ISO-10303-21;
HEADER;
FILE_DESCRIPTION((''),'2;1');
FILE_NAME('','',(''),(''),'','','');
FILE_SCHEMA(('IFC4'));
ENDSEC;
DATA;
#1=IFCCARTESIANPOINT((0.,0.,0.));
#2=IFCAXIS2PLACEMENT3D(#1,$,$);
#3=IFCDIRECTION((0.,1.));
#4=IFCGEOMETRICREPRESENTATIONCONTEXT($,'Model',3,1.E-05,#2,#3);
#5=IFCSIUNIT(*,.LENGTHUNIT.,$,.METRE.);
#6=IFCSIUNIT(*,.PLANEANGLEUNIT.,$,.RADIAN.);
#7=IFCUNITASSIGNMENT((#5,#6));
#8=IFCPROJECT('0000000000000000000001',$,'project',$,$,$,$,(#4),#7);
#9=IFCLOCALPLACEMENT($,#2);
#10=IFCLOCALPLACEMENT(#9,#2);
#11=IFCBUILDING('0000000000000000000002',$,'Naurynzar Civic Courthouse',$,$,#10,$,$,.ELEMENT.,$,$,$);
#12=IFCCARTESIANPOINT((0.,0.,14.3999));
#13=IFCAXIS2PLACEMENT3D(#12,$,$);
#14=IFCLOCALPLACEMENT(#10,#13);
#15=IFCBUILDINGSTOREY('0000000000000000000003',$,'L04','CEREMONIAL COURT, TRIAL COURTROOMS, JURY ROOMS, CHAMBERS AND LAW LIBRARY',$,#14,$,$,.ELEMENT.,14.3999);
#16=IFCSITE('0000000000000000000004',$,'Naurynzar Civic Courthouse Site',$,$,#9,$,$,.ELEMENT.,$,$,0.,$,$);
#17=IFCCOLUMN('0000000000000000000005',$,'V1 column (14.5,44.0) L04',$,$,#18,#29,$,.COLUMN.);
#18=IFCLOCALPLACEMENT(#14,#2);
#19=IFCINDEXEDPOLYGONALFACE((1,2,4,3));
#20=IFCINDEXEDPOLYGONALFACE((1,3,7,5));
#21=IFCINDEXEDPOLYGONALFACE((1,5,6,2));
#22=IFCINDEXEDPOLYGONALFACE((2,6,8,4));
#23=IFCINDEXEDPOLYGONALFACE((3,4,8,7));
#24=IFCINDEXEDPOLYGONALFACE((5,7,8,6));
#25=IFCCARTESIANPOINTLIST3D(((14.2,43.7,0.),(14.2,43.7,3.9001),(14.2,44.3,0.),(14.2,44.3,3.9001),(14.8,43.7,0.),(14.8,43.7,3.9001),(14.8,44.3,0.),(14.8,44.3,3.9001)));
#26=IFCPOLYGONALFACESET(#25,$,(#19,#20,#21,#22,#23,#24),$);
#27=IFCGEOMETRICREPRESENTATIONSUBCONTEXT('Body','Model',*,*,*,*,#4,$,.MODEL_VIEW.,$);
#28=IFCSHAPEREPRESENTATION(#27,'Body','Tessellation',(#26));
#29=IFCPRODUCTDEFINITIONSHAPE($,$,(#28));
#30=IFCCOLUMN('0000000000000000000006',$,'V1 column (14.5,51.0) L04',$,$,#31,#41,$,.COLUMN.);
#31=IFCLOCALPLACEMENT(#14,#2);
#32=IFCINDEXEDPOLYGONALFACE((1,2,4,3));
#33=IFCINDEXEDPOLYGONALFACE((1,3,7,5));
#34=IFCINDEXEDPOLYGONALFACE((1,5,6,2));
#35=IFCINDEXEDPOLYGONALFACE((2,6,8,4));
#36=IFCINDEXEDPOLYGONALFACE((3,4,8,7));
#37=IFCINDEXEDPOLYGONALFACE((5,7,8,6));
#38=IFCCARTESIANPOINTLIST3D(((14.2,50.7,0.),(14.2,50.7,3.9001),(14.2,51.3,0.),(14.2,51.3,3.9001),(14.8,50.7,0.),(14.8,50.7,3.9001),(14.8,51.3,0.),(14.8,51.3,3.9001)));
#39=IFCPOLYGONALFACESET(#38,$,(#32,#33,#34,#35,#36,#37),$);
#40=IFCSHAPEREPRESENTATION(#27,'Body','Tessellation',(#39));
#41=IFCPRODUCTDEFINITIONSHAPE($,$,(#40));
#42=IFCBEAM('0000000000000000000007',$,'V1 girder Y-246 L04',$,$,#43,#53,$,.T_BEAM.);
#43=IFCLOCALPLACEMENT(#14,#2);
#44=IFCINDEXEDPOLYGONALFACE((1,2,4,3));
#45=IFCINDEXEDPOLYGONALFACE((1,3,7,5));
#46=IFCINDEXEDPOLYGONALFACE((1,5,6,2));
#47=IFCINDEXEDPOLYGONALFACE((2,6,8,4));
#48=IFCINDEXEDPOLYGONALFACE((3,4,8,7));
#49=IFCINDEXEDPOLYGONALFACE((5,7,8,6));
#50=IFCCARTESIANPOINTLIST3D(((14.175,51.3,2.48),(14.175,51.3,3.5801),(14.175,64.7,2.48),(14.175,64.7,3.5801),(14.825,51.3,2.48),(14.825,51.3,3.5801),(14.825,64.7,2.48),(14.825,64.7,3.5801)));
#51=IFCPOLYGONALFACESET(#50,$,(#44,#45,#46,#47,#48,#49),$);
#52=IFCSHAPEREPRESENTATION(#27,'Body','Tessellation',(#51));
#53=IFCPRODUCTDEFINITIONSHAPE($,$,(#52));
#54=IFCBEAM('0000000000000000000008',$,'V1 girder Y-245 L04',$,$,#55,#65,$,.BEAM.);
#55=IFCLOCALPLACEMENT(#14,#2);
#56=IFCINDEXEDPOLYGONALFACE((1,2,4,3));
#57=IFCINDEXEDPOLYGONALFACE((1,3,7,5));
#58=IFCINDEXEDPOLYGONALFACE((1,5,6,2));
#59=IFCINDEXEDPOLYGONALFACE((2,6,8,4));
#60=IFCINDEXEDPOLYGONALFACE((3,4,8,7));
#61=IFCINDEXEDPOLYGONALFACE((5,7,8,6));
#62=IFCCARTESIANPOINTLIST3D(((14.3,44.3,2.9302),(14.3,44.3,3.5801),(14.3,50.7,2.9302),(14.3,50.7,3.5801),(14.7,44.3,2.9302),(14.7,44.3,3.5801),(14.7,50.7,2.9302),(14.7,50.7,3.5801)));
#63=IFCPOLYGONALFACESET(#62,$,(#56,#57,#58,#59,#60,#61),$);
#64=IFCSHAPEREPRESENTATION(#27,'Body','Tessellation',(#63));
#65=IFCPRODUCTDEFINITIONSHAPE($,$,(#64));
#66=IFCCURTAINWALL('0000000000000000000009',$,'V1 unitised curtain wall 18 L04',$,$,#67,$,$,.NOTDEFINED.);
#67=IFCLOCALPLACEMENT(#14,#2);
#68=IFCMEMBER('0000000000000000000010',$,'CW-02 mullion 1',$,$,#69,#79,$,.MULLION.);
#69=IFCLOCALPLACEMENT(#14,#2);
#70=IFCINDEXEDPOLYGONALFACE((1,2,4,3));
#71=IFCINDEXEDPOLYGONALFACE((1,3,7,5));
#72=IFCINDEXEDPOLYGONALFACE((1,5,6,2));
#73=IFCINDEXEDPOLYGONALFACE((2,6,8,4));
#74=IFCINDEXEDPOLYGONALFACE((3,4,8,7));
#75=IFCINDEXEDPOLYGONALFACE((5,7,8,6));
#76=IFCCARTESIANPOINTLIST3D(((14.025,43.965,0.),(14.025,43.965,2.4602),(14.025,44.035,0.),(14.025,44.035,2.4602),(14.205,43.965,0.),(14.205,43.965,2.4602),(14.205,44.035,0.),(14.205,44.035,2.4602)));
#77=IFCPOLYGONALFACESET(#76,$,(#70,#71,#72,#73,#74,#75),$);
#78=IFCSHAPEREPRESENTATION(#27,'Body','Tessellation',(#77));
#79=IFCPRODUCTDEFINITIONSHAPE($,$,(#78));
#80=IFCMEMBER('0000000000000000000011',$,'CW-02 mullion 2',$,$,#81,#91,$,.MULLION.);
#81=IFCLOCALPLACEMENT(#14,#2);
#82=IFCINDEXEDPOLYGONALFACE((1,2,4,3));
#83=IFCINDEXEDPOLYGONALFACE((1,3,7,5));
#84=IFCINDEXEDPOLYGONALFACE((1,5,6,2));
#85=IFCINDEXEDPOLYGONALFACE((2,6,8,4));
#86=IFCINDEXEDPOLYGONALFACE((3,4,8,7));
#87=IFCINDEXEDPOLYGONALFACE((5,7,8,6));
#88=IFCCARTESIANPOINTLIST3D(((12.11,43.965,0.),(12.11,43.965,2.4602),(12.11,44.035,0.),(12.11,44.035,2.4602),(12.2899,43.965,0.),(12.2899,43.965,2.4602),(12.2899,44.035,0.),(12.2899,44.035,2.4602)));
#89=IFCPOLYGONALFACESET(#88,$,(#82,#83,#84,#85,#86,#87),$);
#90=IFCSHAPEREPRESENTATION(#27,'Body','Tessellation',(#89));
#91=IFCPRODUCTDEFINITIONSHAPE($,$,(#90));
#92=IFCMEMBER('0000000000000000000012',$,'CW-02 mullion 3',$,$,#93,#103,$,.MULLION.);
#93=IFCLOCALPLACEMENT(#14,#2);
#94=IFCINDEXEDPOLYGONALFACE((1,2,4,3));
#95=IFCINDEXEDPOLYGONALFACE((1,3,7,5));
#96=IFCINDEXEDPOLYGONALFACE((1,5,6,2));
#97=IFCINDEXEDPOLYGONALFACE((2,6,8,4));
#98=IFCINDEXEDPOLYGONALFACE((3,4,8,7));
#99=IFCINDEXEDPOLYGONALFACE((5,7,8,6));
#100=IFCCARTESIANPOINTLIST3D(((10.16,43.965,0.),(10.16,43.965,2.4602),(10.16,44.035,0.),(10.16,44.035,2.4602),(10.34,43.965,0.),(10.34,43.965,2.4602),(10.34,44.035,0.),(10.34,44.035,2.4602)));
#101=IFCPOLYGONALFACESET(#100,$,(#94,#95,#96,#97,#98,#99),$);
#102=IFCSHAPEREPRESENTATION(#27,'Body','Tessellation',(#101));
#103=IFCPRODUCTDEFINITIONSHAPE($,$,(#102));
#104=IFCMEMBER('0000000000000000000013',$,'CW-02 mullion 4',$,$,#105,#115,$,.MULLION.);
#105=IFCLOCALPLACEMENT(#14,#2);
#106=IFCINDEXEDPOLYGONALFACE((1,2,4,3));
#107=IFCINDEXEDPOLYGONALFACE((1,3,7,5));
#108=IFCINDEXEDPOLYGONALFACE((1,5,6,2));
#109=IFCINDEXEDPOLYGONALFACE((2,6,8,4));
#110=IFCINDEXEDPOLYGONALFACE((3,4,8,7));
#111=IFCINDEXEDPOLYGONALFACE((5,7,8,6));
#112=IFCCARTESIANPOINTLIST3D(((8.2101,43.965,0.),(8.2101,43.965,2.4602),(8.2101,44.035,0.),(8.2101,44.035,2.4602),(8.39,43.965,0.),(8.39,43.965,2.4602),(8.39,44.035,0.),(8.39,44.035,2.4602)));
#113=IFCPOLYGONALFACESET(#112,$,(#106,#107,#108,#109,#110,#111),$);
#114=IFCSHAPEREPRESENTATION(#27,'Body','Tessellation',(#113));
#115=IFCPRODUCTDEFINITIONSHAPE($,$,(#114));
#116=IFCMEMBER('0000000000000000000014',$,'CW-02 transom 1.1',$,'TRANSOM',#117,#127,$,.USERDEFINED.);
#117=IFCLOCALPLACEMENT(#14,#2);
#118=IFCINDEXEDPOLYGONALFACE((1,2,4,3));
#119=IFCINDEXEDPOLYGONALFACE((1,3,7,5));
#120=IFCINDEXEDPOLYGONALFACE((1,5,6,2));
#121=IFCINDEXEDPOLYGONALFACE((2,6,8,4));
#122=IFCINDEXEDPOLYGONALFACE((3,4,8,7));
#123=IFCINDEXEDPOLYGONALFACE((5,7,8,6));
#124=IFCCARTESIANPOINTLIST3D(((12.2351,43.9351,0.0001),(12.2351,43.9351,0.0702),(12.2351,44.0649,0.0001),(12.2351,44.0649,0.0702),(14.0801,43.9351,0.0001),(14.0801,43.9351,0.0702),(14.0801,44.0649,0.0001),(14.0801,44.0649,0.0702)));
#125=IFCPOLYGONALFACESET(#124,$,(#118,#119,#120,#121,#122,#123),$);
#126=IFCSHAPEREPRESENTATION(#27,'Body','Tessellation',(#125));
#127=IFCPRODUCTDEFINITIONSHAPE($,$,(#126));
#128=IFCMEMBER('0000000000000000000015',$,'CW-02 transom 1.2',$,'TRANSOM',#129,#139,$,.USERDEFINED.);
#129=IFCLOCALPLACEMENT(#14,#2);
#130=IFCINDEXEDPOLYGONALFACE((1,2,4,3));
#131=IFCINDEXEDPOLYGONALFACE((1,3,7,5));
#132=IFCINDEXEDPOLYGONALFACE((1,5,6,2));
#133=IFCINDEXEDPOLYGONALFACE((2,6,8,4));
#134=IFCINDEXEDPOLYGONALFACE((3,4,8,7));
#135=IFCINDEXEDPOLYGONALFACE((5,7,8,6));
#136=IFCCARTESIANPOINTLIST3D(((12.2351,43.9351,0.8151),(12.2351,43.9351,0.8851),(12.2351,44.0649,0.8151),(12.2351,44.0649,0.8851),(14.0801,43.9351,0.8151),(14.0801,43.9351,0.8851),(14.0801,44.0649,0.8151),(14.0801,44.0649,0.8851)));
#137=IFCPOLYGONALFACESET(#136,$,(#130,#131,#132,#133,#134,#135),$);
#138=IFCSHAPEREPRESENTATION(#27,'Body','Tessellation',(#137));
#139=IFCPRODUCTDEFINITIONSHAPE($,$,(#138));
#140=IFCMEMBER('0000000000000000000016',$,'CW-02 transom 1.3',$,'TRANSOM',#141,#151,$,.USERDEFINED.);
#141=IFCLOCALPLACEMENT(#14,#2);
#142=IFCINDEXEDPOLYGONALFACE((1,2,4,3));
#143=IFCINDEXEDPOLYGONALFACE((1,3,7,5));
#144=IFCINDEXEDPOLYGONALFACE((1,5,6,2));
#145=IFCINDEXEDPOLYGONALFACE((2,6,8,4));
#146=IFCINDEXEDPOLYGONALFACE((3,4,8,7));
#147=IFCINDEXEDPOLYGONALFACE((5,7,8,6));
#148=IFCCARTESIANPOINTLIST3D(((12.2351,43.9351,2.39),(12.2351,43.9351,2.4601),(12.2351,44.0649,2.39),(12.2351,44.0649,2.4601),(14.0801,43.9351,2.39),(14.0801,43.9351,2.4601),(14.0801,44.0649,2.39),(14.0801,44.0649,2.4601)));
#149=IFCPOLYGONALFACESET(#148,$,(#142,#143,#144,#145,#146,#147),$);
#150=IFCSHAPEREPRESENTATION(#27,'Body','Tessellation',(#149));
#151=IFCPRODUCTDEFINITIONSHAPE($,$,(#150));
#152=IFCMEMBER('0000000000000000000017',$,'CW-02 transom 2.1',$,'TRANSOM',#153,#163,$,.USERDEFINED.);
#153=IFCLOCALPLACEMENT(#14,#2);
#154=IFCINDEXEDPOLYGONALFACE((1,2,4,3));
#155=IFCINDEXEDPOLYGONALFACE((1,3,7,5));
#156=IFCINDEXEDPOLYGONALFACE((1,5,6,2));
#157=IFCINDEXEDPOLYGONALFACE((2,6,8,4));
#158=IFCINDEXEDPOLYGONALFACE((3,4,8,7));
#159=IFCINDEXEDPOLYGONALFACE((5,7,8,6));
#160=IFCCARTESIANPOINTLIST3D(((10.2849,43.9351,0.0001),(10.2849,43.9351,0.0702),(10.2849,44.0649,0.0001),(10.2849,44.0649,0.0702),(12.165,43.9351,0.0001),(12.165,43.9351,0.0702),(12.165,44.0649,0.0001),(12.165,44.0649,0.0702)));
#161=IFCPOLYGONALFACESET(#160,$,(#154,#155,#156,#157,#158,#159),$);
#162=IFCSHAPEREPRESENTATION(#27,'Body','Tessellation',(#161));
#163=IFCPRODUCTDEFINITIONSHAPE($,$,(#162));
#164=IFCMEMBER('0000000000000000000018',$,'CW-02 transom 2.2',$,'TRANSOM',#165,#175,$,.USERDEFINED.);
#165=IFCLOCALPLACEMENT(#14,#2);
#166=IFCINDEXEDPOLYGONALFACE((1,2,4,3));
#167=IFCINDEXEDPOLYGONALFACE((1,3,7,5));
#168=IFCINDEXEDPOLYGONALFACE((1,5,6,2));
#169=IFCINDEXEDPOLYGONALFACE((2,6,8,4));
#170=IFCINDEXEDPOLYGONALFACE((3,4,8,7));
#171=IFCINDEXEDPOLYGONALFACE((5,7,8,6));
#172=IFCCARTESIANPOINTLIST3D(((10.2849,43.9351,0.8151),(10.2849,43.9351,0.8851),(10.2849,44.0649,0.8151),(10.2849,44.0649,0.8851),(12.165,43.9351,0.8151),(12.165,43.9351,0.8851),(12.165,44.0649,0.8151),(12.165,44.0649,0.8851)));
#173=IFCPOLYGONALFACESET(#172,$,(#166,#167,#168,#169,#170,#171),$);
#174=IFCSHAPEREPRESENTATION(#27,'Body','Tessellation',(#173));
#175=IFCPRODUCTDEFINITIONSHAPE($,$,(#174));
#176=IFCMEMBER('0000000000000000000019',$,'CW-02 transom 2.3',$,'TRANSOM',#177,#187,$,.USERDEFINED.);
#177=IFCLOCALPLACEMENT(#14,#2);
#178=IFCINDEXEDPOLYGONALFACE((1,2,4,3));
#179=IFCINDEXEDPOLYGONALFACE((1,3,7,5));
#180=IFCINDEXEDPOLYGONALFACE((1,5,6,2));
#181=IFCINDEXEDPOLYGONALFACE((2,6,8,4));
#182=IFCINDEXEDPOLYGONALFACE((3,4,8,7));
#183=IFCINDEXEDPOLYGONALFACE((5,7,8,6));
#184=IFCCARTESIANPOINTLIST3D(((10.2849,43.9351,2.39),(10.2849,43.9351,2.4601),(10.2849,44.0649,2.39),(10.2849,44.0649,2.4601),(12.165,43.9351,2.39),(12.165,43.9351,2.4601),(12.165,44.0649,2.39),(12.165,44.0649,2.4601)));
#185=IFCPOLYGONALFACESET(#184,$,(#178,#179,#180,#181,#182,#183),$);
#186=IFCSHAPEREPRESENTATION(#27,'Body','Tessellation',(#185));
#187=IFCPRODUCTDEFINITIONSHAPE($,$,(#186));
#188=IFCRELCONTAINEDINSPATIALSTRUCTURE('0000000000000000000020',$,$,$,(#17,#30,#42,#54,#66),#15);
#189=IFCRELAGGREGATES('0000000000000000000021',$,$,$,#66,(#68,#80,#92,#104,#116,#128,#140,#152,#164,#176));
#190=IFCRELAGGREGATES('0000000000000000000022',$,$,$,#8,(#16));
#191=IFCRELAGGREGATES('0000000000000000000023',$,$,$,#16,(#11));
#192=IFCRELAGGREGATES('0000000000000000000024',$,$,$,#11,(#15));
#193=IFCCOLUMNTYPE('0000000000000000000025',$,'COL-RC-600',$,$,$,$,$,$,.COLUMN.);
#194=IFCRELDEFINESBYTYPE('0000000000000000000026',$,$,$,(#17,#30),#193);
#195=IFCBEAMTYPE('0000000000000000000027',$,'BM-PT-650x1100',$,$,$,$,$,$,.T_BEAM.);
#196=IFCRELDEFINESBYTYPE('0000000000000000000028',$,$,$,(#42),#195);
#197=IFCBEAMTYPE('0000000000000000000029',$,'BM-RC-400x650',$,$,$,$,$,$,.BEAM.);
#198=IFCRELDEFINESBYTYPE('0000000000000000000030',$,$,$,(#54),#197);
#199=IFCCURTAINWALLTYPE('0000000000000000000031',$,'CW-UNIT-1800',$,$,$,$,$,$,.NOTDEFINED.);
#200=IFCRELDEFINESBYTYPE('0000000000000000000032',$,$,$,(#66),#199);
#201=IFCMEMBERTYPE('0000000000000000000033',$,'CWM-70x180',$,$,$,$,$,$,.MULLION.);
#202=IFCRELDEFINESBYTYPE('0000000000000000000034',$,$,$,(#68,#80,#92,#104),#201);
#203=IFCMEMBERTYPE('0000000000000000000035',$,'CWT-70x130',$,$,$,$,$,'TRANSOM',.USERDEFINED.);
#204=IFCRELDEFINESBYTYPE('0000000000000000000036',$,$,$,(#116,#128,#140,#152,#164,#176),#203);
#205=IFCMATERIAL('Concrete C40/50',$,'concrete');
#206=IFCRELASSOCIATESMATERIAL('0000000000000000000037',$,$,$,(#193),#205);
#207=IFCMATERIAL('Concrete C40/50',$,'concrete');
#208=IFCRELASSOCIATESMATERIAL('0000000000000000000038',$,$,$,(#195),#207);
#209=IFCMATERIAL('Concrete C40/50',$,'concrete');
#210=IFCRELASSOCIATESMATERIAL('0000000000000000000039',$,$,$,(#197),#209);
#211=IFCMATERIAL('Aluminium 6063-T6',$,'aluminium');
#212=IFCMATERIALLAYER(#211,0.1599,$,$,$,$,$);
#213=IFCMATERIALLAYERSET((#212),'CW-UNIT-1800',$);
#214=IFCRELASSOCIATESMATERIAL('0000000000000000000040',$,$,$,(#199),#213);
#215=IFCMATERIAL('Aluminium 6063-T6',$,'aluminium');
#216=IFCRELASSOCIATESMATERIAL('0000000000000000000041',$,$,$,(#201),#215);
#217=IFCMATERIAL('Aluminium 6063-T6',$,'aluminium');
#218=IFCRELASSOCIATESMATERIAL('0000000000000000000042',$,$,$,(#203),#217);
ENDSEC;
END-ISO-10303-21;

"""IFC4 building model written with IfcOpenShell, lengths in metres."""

from ifc_helpers import new_model, si_unit, direction, frame, origin, origin_2d, place, context, subcontext, project, spatial, rectangle, extrude, material, layer, layer_set, material_profile, profile_set, type_object, element, aggregate, save


model = new_model("IFC4")

# Units and contexts
model_context = context("Model", 3, precision=1e-05, world=origin(), true_north=direction((0.0, 1.0)))
body_context = subcontext(model_context, "Body", "Model", "MODEL_VIEW")
ifc_project = project(units=[si_unit("LENGTHUNIT", "METRE"), si_unit("PLANEANGLEUNIT", "RADIAN")], contexts=[model_context])

# Site, building, storey
site_placement = place(None, origin())
site = spatial("IfcSite", under=ifc_project, at=site_placement, Name="Naurynzar Civic Courthouse Site", CompositionType="ELEMENT", RefElevation=0.0)
building_placement = place(site_placement, origin())
building = spatial("IfcBuilding", under=site, at=building_placement, Name="Naurynzar Civic Courthouse", CompositionType="ELEMENT")
storey_placement = place(building_placement, frame((0.0, 0.0, 14.3999)))
storey = spatial("IfcBuildingStorey", under=building, at=storey_placement, Name="L04", Description="CEREMONIAL COURT, TRIAL COURTROOMS, JURY ROOMS, CHAMBERS AND LAW LIBRARY", CompositionType="ELEMENT", Elevation=14.3999)

# Columns
ifc_material_1 = material(Name="Concrete C40/50", Category="concrete")
ifc_material_profile_1 = material_profile(ifc_material_1, rectangle(XDim=0.6001, YDim=0.6001, at=origin_2d()), Name="RC 600x600")
ifc_profile_set_1 = profile_set([ifc_material_profile_1], Name="Concrete C40/50")
column_type = type_object("IfcColumnType", Name="COL-RC-600", PredefinedType="COLUMN", material=ifc_profile_set_1)
for number, where, z_axis, x_axis, name in (
    (1, (14.5, 44.0, 0.0), (0.0, 0.0, 1.0), (1.0, 0.0, 0.0), "V1 column (14.5,44.0) L04"),
    (2, (14.5, 51.0, 0.0), (0.0, 0.0, 1.0), (1.0, 0.0, 0.0), "V1 column (14.5,51.0) L04"),
):
    element("IfcColumn", number, at=place(storey_placement, frame(where, z_axis=z_axis, x_axis=x_axis)), inside=storey, type_object=column_type, Name=name, PredefinedType="COLUMN", context=body_context, shape_type="SweptSolid", body=[
        extrude(rectangle(XDim=0.6001, YDim=0.6001, at=origin_2d()), origin(), (0.0, 0.0, 1.0), 3.9001),
    ])

# Beams
ifc_material_2 = material(Name="Concrete C40/50", Category="concrete")
ifc_material_profile_2 = material_profile(ifc_material_2, rectangle(XDim=0.6499, YDim=1.1001, at=origin_2d()), Name="PTB 650x1100")
ifc_profile_set_2 = profile_set([ifc_material_profile_2], Name="Concrete C40/50")
beam_type_1 = type_object("IfcBeamType", Name="BM-PT-650x1100", PredefinedType="T_BEAM", material=ifc_profile_set_2)
beam_1_placement = place(storey_placement, frame((14.5, 51.3, 3.03), z_axis=(0.0, 1.0, 0.0), x_axis=(-1.0, 0.0, 0.0)))
element("IfcBeam", 3, at=beam_1_placement, inside=storey, type_object=beam_type_1, Name="V1 girder Y-246 L04", PredefinedType="T_BEAM", context=body_context, shape_type="SweptSolid", body=[
    extrude(rectangle(XDim=0.6499, YDim=1.1001, at=origin_2d()), origin(), (0.0, 0.0, 1.0), 13.3999),
])
ifc_material_3 = material(Name="Concrete C40/50", Category="concrete")
ifc_material_profile_3 = material_profile(ifc_material_3, rectangle(XDim=0.3999, YDim=0.6499, at=origin_2d()), Name="RCB 400x650")
ifc_profile_set_3 = profile_set([ifc_material_profile_3], Name="Concrete C40/50")
beam_type_2 = type_object("IfcBeamType", Name="BM-RC-400x650", PredefinedType="BEAM", material=ifc_profile_set_3)
beam_2_placement = place(storey_placement, frame((14.5, 44.3, 3.2551), z_axis=(0.0, 1.0, 0.0), x_axis=(-1.0, 0.0, 0.0)))
element("IfcBeam", 4, at=beam_2_placement, inside=storey, type_object=beam_type_2, Name="V1 girder Y-245 L04", PredefinedType="BEAM", context=body_context, shape_type="SweptSolid", body=[
    extrude(rectangle(XDim=0.3999, YDim=0.6499, at=origin_2d()), origin(), (0.0, 0.0, 1.0), 6.3999),
])

# Curtain wall, members
ifc_material_4 = material(Name="Aluminium 6063-T6", Category="aluminium")
ifc_layer_1 = layer(ifc_material_4, 0.1599)
ifc_layer_set_1 = layer_set([ifc_layer_1], Name="CW-UNIT-1800")
curtain_wall_type = type_object("IfcCurtainWallType", Name="CW-UNIT-1800", PredefinedType="NOTDEFINED", material=ifc_layer_set_1)
curtain_wall_placement = place(storey_placement, origin())
curtain_wall = element("IfcCurtainWall", 5, at=curtain_wall_placement, inside=storey, type_object=curtain_wall_type, Name="V1 unitised curtain wall 18 L04", PredefinedType="NOTDEFINED")
ifc_material_5 = material(Name="Aluminium 6063-T6", Category="aluminium")
ifc_material_profile_4 = material_profile(ifc_material_5, rectangle(XDim=0.0701, YDim=0.1799, at=origin_2d()), Name="ALU MULLION 70x180")
ifc_profile_set_4 = profile_set([ifc_material_profile_4], Name="Aluminium 6063-T6")
member_type_1 = type_object("IfcMemberType", Name="CWM-70x180", PredefinedType="MULLION", material=ifc_profile_set_4)
member_1_placement = place(storey_placement, frame((14.115, 44.0, 0.0), z_axis=(0.0, 0.0, 1.0), x_axis=(0.0, -1.0, 0.0)))
member_1 = element("IfcMember", 6, at=member_1_placement, type_object=member_type_1, Name="CW-02 mullion 1", PredefinedType="MULLION", context=body_context, shape_type="SweptSolid", body=[
    extrude(rectangle(XDim=0.0701, YDim=0.1799, at=origin_2d()), origin(), (0.0, 0.0, 1.0), 2.4602),
])
member_2_placement = place(storey_placement, frame((12.2, 44.0, 0.0), z_axis=(0.0, 0.0, 1.0), x_axis=(0.0, -1.0, 0.0)))
member_2 = element("IfcMember", 7, at=member_2_placement, type_object=member_type_1, Name="CW-02 mullion 2", PredefinedType="MULLION", context=body_context, shape_type="SweptSolid", body=[
    extrude(rectangle(XDim=0.0701, YDim=0.1799, at=origin_2d()), origin(), (0.0, 0.0, 1.0), 2.4602),
])
member_3_placement = place(storey_placement, frame((10.25, 44.0, 0.0), z_axis=(0.0, 0.0, 1.0), x_axis=(0.0, -1.0, 0.0)))
member_3 = element("IfcMember", 8, at=member_3_placement, type_object=member_type_1, Name="CW-02 mullion 3", PredefinedType="MULLION", context=body_context, shape_type="SweptSolid", body=[
    extrude(rectangle(XDim=0.0701, YDim=0.1799, at=origin_2d()), origin(), (0.0, 0.0, 1.0), 2.4602),
])
member_4_placement = place(storey_placement, frame((8.3, 44.0, 0.0), z_axis=(0.0, 0.0, 1.0), x_axis=(0.0, -1.0, 0.0)))
member_4 = element("IfcMember", 9, at=member_4_placement, type_object=member_type_1, Name="CW-02 mullion 4", PredefinedType="MULLION", context=body_context, shape_type="SweptSolid", body=[
    extrude(rectangle(XDim=0.0701, YDim=0.1799, at=origin_2d()), origin(), (0.0, 0.0, 1.0), 2.4602),
])
ifc_material_6 = material(Name="Aluminium 6063-T6", Category="aluminium")
ifc_material_profile_5 = material_profile(ifc_material_6, rectangle(XDim=0.1299, YDim=0.0701, at=origin_2d()), Name="ALU TRANSOM 70x130")
ifc_profile_set_5 = profile_set([ifc_material_profile_5], Name="Aluminium 6063-T6")
member_type_2 = type_object("IfcMemberType", Name="CWT-70x130", ElementType="TRANSOM", PredefinedType="USERDEFINED", material=ifc_profile_set_5)
member_5_placement = place(storey_placement, frame((14.0801, 44.0, 0.0352), z_axis=(-1.0, 0.0, 0.0), x_axis=(0.0, -1.0, 0.0)))
member_5 = element("IfcMember", 10, at=member_5_placement, type_object=member_type_2, Name="CW-02 transom 1.1", ObjectType="TRANSOM", PredefinedType="USERDEFINED", context=body_context, shape_type="SweptSolid", body=[
    extrude(rectangle(XDim=0.1299, YDim=0.0701, at=origin_2d()), origin(), (0.0, 0.0, 1.0), 1.845),
])
member_6_placement = place(storey_placement, frame((14.0801, 44.0, 0.8501), z_axis=(-1.0, 0.0, 0.0), x_axis=(0.0, -1.0, 0.0)))
member_6 = element("IfcMember", 11, at=member_6_placement, type_object=member_type_2, Name="CW-02 transom 1.2", ObjectType="TRANSOM", PredefinedType="USERDEFINED", context=body_context, shape_type="SweptSolid", body=[
    extrude(rectangle(XDim=0.1299, YDim=0.0701, at=origin_2d()), origin(), (0.0, 0.0, 1.0), 1.845),
])
member_7_placement = place(storey_placement, frame((14.0801, 44.0, 2.425), z_axis=(-1.0, 0.0, 0.0), x_axis=(0.0, -1.0, 0.0)))
member_7 = element("IfcMember", 12, at=member_7_placement, type_object=member_type_2, Name="CW-02 transom 1.3", ObjectType="TRANSOM", PredefinedType="USERDEFINED", context=body_context, shape_type="SweptSolid", body=[
    extrude(rectangle(XDim=0.1299, YDim=0.0701, at=origin_2d()), origin(), (0.0, 0.0, 1.0), 1.845),
])
member_8_placement = place(storey_placement, frame((12.165, 44.0, 0.0352), z_axis=(-1.0, 0.0, 0.0), x_axis=(0.0, -1.0, 0.0)))
member_8 = element("IfcMember", 13, at=member_8_placement, type_object=member_type_2, Name="CW-02 transom 2.1", ObjectType="TRANSOM", PredefinedType="USERDEFINED", context=body_context, shape_type="SweptSolid", body=[
    extrude(rectangle(XDim=0.1299, YDim=0.0701, at=origin_2d()), origin(), (0.0, 0.0, 1.0), 1.8801),
])
member_9_placement = place(storey_placement, frame((12.165, 44.0, 0.8501), z_axis=(-1.0, 0.0, 0.0), x_axis=(0.0, -1.0, 0.0)))
member_9 = element("IfcMember", 14, at=member_9_placement, type_object=member_type_2, Name="CW-02 transom 2.2", ObjectType="TRANSOM", PredefinedType="USERDEFINED", context=body_context, shape_type="SweptSolid", body=[
    extrude(rectangle(XDim=0.1299, YDim=0.0701, at=origin_2d()), origin(), (0.0, 0.0, 1.0), 1.8801),
])
member_10_placement = place(storey_placement, frame((12.165, 44.0, 2.425), z_axis=(-1.0, 0.0, 0.0), x_axis=(0.0, -1.0, 0.0)))
member_10 = element("IfcMember", 15, at=member_10_placement, type_object=member_type_2, Name="CW-02 transom 2.3", ObjectType="TRANSOM", PredefinedType="USERDEFINED", context=body_context, shape_type="SweptSolid", body=[
    extrude(rectangle(XDim=0.1299, YDim=0.0701, at=origin_2d()), origin(), (0.0, 0.0, 1.0), 1.8801),
])
aggregate(curtain_wall, [member_1, member_2, member_3, member_4, member_5, member_6, member_7, member_8, member_9, member_10])

save(model, "model.ifc")
